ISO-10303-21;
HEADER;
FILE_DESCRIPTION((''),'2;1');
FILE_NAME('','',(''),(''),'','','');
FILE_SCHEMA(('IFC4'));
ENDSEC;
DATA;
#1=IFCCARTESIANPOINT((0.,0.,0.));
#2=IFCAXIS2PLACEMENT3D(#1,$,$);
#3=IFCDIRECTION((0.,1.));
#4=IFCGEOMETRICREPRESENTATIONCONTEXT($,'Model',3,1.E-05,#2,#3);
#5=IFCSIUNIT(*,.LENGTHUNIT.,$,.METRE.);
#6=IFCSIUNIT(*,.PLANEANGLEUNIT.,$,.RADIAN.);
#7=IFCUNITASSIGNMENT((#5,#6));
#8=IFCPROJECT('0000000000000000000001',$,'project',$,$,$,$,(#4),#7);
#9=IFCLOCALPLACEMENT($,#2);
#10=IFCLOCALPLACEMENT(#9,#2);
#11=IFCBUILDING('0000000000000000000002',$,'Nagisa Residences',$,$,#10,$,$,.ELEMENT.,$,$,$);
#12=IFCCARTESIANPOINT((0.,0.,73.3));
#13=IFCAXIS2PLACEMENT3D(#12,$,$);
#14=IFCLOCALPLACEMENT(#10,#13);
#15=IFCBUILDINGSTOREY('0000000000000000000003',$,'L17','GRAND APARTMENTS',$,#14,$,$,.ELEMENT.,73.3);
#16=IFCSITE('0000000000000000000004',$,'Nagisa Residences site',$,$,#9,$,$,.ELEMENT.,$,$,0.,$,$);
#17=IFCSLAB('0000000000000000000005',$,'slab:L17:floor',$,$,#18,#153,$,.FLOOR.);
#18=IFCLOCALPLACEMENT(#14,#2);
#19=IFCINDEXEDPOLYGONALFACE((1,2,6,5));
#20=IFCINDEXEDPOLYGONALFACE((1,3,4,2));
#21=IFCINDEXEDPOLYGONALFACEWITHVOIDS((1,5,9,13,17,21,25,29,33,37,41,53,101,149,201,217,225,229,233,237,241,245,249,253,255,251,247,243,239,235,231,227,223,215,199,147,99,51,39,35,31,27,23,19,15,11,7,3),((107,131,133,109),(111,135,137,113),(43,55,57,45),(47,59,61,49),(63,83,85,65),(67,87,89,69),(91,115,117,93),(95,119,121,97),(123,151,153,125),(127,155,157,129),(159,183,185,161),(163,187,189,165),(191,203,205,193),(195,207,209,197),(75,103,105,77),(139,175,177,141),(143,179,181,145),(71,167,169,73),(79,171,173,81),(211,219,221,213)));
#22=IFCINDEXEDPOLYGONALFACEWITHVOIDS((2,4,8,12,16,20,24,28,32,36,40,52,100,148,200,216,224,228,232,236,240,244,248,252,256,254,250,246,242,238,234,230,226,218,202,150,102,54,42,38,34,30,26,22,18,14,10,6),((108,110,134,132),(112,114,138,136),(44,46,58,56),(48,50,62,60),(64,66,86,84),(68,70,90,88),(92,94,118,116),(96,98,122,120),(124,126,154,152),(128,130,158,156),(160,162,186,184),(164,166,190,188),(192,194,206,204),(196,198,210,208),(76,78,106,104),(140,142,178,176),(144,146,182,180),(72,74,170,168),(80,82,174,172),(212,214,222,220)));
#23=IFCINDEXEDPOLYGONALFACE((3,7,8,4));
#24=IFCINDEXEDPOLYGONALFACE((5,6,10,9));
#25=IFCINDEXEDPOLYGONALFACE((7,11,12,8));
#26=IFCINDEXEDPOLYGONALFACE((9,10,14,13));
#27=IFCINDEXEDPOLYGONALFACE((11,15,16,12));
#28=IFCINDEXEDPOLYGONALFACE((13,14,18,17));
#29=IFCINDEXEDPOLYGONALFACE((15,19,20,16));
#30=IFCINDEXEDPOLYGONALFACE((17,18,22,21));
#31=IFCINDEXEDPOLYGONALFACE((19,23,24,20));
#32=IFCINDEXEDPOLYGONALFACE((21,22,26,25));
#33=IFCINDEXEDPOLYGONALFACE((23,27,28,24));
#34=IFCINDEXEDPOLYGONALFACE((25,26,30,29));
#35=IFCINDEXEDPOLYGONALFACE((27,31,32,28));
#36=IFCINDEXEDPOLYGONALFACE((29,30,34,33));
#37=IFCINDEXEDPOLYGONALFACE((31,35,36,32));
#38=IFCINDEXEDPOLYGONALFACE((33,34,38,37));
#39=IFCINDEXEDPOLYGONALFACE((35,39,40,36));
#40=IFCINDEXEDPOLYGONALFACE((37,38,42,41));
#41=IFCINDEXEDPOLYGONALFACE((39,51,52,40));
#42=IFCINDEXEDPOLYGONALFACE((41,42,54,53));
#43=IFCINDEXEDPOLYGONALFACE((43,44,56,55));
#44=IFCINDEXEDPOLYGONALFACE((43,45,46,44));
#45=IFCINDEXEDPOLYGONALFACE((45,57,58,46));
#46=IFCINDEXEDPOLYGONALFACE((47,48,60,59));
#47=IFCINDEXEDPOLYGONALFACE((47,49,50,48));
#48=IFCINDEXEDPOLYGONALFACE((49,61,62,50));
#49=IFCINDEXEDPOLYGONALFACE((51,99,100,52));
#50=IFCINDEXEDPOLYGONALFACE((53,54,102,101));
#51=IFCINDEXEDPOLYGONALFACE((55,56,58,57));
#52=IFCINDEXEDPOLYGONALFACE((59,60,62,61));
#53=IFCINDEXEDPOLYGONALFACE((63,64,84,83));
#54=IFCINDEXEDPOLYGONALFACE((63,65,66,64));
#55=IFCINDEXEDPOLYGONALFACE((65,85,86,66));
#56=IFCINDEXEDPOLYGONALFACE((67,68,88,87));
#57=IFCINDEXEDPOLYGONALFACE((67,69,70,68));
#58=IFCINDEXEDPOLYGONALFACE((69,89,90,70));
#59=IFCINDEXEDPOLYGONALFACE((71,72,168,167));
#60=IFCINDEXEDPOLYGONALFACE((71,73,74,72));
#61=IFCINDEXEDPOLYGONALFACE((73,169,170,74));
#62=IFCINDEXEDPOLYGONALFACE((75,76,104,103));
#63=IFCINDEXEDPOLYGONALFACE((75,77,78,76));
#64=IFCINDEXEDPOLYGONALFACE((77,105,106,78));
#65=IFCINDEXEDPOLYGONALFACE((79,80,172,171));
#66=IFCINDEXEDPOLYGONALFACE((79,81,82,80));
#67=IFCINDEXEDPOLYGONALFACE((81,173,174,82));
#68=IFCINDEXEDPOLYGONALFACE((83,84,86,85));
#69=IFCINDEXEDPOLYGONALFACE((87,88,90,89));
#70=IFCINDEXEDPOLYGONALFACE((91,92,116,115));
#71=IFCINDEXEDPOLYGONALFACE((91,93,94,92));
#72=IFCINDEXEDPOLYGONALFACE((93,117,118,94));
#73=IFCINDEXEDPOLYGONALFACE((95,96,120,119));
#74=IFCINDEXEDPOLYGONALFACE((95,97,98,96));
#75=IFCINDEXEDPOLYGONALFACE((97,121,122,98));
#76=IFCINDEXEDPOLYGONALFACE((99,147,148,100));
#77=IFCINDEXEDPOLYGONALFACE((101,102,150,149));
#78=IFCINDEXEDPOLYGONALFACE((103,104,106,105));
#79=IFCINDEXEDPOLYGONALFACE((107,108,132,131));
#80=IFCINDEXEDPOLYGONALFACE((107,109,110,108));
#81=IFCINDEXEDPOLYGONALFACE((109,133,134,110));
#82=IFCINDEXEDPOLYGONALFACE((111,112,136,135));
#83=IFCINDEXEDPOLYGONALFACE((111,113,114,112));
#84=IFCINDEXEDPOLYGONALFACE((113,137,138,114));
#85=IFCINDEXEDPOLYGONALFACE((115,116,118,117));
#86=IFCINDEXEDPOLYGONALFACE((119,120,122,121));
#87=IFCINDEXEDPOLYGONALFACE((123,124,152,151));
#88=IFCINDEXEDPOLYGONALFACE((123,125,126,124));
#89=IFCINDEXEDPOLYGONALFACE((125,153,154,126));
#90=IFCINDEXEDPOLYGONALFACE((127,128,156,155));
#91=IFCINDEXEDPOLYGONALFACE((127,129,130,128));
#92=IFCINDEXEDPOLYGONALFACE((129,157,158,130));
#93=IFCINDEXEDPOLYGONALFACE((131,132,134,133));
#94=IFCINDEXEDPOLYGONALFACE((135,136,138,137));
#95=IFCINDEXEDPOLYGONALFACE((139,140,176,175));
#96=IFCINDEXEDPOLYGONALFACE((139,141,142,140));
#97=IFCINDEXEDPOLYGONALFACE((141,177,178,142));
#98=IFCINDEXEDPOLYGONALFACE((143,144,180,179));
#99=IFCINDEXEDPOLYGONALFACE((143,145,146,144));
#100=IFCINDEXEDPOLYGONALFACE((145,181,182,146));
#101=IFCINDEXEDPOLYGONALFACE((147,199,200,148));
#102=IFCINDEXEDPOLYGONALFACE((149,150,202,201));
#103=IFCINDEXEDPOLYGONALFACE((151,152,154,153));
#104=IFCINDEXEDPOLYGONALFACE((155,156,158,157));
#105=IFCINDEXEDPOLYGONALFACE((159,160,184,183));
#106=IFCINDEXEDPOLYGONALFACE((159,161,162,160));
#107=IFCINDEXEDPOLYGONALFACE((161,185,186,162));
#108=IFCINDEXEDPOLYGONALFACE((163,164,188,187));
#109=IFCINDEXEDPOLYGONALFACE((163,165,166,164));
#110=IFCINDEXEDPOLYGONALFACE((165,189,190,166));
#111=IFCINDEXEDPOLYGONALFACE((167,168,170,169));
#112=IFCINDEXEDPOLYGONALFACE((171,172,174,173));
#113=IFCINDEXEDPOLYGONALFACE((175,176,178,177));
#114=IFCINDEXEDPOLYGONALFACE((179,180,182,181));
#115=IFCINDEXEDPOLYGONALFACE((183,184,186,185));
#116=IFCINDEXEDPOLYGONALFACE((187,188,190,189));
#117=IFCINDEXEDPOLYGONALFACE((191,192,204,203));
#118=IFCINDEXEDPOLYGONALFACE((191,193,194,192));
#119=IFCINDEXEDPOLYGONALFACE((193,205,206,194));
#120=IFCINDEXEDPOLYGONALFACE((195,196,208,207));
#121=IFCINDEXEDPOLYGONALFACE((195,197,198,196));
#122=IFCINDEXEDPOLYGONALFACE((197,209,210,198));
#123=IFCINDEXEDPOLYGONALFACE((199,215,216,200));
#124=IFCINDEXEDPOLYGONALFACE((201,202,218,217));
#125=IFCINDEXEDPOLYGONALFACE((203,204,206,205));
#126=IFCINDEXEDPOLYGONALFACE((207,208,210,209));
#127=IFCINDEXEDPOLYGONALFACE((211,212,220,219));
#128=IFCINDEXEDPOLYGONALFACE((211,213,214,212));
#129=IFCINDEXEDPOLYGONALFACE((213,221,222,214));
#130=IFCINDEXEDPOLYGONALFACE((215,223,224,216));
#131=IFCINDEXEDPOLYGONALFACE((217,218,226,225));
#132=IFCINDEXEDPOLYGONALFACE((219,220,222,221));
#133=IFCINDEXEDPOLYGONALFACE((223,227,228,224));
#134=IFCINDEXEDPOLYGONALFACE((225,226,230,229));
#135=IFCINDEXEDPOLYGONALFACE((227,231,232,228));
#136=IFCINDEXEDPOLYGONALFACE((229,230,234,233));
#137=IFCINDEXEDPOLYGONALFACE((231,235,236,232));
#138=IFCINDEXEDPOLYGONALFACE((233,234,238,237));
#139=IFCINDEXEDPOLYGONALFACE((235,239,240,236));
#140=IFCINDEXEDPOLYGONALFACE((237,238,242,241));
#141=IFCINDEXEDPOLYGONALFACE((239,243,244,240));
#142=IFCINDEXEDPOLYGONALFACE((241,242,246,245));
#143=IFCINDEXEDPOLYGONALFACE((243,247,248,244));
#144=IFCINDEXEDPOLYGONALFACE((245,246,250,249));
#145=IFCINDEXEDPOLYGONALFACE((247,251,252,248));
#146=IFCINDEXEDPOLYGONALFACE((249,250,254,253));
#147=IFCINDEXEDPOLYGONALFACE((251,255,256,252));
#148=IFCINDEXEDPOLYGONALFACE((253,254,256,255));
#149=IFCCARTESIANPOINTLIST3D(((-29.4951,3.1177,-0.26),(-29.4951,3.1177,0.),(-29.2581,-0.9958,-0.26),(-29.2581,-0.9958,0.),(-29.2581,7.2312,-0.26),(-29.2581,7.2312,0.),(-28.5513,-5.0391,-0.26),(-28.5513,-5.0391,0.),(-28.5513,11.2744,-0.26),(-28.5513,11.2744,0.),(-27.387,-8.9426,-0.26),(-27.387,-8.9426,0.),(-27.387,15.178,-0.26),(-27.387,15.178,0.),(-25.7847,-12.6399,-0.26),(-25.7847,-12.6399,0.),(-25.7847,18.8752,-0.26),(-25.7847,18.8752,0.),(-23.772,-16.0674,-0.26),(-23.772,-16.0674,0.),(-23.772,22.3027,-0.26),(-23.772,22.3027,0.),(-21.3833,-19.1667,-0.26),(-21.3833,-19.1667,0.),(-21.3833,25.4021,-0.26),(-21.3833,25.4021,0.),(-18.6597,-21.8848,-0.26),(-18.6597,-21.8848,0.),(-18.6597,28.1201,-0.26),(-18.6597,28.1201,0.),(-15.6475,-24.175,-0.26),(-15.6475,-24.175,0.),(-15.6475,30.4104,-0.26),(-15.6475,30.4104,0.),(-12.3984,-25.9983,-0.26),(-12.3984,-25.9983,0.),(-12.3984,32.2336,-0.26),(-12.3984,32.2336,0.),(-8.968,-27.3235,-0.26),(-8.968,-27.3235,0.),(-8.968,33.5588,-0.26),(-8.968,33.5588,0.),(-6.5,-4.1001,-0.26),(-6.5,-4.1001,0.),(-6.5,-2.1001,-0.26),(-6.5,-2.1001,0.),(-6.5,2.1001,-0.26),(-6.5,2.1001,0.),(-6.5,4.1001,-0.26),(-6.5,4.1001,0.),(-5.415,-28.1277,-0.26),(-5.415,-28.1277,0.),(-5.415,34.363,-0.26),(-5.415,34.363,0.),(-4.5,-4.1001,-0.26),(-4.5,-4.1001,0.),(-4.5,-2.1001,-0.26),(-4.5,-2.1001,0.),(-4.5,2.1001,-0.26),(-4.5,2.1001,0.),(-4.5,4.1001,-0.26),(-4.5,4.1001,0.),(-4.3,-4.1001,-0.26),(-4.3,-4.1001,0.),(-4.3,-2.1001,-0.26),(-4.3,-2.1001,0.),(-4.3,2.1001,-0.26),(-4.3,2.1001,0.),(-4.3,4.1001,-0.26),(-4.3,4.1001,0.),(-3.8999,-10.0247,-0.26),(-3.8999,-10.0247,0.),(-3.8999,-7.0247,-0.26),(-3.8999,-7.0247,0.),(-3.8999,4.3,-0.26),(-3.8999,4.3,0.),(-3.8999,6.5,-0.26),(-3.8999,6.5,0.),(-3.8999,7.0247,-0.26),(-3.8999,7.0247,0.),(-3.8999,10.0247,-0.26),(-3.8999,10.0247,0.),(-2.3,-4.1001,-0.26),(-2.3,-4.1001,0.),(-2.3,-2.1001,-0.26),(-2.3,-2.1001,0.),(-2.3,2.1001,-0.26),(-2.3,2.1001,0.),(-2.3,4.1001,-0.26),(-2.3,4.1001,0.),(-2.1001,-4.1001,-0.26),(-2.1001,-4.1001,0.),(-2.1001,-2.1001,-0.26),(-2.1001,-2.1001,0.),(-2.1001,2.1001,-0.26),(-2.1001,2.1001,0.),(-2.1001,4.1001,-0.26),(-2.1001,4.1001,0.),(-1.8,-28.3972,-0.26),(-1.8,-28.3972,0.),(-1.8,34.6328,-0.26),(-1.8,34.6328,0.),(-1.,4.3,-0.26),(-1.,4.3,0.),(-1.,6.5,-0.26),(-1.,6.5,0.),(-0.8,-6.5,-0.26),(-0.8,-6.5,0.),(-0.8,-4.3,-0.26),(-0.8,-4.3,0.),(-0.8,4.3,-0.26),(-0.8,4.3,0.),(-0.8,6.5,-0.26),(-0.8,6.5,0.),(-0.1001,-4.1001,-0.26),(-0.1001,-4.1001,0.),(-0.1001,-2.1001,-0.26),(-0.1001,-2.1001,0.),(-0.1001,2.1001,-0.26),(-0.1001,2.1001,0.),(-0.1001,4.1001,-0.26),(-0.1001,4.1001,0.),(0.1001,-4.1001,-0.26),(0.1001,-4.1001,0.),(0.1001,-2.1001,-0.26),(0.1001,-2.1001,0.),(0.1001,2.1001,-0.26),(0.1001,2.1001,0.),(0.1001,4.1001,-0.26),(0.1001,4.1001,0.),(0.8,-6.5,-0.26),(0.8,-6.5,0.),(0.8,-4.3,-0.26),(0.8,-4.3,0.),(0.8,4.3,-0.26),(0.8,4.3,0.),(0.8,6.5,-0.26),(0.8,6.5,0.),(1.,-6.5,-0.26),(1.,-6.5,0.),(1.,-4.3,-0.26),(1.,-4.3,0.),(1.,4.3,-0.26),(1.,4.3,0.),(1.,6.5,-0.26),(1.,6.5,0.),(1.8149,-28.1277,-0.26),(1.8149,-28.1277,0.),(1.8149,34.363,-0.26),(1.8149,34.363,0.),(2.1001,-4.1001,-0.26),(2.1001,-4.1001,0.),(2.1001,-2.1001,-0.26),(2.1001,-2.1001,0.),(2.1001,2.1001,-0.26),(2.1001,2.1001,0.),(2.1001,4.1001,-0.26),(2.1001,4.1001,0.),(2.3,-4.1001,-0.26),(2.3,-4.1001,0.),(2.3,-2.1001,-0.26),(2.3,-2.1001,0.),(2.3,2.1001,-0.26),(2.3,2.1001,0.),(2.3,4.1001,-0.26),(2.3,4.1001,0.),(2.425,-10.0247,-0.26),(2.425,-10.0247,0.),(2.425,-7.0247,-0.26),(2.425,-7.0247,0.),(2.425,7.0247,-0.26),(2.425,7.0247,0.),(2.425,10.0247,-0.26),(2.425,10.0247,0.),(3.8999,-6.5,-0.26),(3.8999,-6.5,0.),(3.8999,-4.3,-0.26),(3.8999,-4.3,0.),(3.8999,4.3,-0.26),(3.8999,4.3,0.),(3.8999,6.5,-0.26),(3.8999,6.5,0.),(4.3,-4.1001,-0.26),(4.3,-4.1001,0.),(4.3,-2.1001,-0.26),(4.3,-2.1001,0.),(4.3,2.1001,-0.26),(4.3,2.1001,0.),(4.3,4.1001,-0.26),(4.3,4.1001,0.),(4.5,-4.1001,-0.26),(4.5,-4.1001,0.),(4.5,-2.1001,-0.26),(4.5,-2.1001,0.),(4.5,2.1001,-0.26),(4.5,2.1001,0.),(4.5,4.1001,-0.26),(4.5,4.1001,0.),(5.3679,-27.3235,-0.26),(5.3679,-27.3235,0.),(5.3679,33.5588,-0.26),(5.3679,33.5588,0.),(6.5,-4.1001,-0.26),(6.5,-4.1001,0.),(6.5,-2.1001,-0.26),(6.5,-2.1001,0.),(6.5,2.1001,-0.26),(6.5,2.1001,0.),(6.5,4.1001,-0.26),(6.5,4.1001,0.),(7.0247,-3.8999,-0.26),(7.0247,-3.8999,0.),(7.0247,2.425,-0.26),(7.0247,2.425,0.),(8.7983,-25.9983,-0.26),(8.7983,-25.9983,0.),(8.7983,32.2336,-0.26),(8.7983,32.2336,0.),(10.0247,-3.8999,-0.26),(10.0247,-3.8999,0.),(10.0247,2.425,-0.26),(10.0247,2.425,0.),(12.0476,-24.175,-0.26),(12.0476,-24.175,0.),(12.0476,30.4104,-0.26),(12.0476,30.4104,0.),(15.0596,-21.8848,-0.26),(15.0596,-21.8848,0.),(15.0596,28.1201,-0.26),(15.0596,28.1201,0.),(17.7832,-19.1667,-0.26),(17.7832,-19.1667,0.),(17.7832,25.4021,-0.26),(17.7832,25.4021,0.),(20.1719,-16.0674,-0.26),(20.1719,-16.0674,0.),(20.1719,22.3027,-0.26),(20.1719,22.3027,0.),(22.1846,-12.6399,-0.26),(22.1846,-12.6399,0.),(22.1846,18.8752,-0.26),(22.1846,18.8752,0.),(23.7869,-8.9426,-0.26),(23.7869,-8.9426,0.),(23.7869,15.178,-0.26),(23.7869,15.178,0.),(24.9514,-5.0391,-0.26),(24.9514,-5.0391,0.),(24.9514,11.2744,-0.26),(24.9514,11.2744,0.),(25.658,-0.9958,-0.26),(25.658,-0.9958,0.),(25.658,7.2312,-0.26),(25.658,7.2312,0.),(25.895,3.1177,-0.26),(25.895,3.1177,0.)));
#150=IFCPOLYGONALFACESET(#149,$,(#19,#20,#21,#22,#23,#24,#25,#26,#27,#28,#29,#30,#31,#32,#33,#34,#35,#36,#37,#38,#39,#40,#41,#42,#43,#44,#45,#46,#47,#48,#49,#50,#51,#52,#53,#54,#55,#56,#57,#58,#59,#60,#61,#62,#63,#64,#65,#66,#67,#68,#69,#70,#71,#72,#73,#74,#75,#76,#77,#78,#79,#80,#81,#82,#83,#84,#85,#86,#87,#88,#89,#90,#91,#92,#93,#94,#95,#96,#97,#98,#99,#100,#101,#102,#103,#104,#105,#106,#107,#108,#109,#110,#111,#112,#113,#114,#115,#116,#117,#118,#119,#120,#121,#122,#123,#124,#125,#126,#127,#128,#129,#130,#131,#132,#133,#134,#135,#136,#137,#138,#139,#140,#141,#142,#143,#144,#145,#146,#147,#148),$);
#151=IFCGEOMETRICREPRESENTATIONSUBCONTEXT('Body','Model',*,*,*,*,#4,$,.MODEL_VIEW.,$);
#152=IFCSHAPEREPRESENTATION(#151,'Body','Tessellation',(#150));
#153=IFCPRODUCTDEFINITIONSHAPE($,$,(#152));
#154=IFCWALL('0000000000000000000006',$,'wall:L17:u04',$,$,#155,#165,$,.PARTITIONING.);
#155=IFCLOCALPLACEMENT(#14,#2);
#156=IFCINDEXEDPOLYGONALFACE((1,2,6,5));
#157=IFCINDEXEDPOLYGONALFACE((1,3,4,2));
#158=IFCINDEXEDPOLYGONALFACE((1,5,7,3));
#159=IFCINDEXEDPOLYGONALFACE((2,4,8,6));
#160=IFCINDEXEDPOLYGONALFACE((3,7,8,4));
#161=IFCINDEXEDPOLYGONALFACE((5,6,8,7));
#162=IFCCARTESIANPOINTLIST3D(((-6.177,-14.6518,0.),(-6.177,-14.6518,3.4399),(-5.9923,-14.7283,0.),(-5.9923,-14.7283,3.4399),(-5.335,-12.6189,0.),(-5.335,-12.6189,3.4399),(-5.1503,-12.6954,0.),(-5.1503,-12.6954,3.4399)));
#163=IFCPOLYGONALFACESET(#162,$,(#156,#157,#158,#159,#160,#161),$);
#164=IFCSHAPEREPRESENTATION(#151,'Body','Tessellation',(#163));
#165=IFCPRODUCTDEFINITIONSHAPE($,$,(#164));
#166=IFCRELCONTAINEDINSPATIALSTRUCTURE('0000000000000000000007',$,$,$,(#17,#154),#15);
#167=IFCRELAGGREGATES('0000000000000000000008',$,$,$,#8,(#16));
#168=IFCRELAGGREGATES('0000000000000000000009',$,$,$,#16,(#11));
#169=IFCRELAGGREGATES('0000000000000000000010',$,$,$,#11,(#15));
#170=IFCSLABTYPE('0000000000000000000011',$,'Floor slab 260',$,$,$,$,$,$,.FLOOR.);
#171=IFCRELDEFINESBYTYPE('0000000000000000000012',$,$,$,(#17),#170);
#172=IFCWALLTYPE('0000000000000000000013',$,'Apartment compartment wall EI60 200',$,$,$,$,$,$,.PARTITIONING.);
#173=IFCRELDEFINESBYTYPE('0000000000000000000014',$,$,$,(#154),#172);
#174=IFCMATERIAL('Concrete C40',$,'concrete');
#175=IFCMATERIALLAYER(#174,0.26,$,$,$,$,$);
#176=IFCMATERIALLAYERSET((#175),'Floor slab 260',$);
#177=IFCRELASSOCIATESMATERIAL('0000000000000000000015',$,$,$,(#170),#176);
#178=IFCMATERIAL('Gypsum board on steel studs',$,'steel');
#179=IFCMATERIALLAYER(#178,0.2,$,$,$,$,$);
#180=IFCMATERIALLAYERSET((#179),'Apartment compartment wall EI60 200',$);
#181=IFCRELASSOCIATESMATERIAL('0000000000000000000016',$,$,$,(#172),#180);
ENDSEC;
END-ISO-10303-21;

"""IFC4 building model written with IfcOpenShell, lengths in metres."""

from ifc_helpers import new_model, si_unit, direction, frame, frame_2d, origin, place, context, subcontext, project, spatial, polyline, rectangle, outline, extrude, material, layer, layer_set, type_object, element, save


model = new_model("IFC4")

# Units and contexts
model_context = context("Model", 3, precision=1e-05, world=origin(), true_north=direction((0.0, 1.0)))
body_context = subcontext(model_context, "Body", "Model", "MODEL_VIEW")
ifc_project = project(units=[si_unit("LENGTHUNIT", "METRE"), si_unit("PLANEANGLEUNIT", "RADIAN")], contexts=[model_context])

# Site, building, storey
site_placement = place(None, origin())
site = spatial("IfcSite", under=ifc_project, at=site_placement, Name="Nagisa Residences site", CompositionType="ELEMENT", RefElevation=0.0)
building_placement = place(site_placement, origin())
building = spatial("IfcBuilding", under=site, at=building_placement, Name="Nagisa Residences", CompositionType="ELEMENT")
storey_placement = place(building_placement, frame((0.0, 0.0, 73.3)))
storey = spatial("IfcBuildingStorey", under=building, at=storey_placement, Name="L17", Description="GRAND APARTMENTS", CompositionType="ELEMENT", Elevation=73.3)

# Slab
ifc_material_1 = material(Name="Concrete C40", Category="concrete")
ifc_layer_1 = layer(ifc_material_1, 0.26)
ifc_layer_set_1 = layer_set([ifc_layer_1], Name="Floor slab 260")
slab_type_1 = type_object("IfcSlabType", Name="Floor slab 260", PredefinedType="FLOOR", material=ifc_layer_set_1)
slab_1_placement = place(storey_placement, frame((0.0, 0.0, -0.26)))
element("IfcSlab", 1, at=slab_1_placement, inside=storey, type_object=slab_type_1, Name="slab:L17:floor", PredefinedType="FLOOR", context=body_context, shape_type="SweptSolid", body=[
    extrude(outline(polyline([(25.895, 3.1177), (25.658, 7.2312), (24.9514, 11.2744), (23.7869, 15.178), (22.1846, 18.8752), (20.1719, 22.3027), (17.7832, 25.4021), (15.0596, 28.1201), (12.0476, 30.4104), (8.7983, 32.2336), (5.3679, 33.5588), (1.8149, 34.363), (-1.8, 34.6328), (-5.415, 34.363), (-8.968, 33.5588), (-12.3984, 32.2336), (-15.6475, 30.4104), (-18.6597, 28.1201), (-21.3833, 25.4021), (-23.772, 22.3027), (-25.7847, 18.8752), (-27.387, 15.178), (-28.5513, 11.2744), (-29.2581, 7.2312), (-29.4951, 3.1177), (-29.2581, -0.9958), (-28.5513, -5.0391), (-27.387, -8.9426), (-25.7847, -12.6399), (-23.772, -16.0674), (-21.3833, -19.1667), (-18.6597, -21.8848), (-15.6475, -24.175), (-12.3984, -25.9983), (-8.968, -27.3235), (-5.415, -28.1277), (-1.8, -28.3972), (1.8149, -28.1277), (5.3679, -27.3235), (8.7983, -25.9983), (12.0476, -24.175), (15.0596, -21.8848), (17.7832, -19.1667), (20.1719, -16.0674), (22.1846, -12.6399), (23.7869, -8.9426), (24.9514, -5.0391), (25.658, -0.9958), (25.895, 3.1177)]), holes=[polyline([(-4.5, 2.1001), (-4.5, 4.1001), (-6.5, 4.1001), (-6.5, 2.1001), (-4.5, 2.1001)]), polyline([(-2.3, 2.1001), (-2.3, 4.1001), (-4.3, 4.1001), (-4.3, 2.1001), (-2.3, 2.1001)]), polyline([(-0.1001, 2.1001), (-0.1001, 4.1001), (-2.1001, 4.1001), (-2.1001, 2.1001), (-0.1001, 2.1001)]), polyline([(2.1001, 2.1001), (2.1001, 4.1001), (0.1001, 4.1001), (0.1001, 2.1001), (2.1001, 2.1001)]), polyline([(4.3, 2.1001), (4.3, 4.1001), (2.3, 4.1001), (2.3, 2.1001), (4.3, 2.1001)]), polyline([(6.5, 2.1001), (6.5, 4.1001), (4.5, 4.1001), (4.5, 2.1001), (6.5, 2.1001)]), polyline([(-4.5, -4.1001), (-4.5, -2.1001), (-6.5, -2.1001), (-6.5, -4.1001), (-4.5, -4.1001)]), polyline([(-2.3, -4.1001), (-2.3, -2.1001), (-4.3, -2.1001), (-4.3, -4.1001), (-2.3, -4.1001)]), polyline([(-0.1001, -4.1001), (-0.1001, -2.1001), (-2.1001, -2.1001), (-2.1001, -4.1001), (-0.1001, -4.1001)]), polyline([(2.1001, -4.1001), (2.1001, -2.1001), (0.1001, -2.1001), (0.1001, -4.1001), (2.1001, -4.1001)]), polyline([(4.3, -4.1001), (4.3, -2.1001), (2.3, -2.1001), (2.3, -4.1001), (4.3, -4.1001)]), polyline([(6.5, -4.1001), (6.5, -2.1001), (4.5, -2.1001), (4.5, -4.1001), (6.5, -4.1001)]), polyline([(3.8999, 4.3), (3.8999, 6.5), (1.0, 6.5), (1.0, 4.3), (3.8999, 4.3)]), polyline([(3.8999, -6.5), (3.8999, -4.3), (1.0, -4.3), (1.0, -6.5), (3.8999, -6.5)]), polyline([(-1.0, 4.3), (-1.0, 6.5), (-3.8999, 6.5), (-3.8999, 4.3), (-1.0, 4.3)]), polyline([(0.8, 4.3), (0.8, 6.5), (-0.8, 6.5), (-0.8, 4.3), (0.8, 4.3)]), polyline([(0.8, -6.5), (0.8, -4.3), (-0.8, -4.3), (-0.8, -6.5), (0.8, -6.5)]), polyline([(10.0247, -3.8999), (7.0247, -3.8999), (7.0247, 2.425), (10.0247, 2.425), (10.0247, -3.8999)]), polyline([(-3.8999, 7.0247), (-3.8999, 10.0247), (2.425, 10.0247), (2.425, 7.0247), (-3.8999, 7.0247)]), polyline([(-3.8999, -10.0247), (-3.8999, -7.0247), (2.425, -7.0247), (2.425, -10.0247), (-3.8999, -10.0247)])]), origin(), (0.0, 0.0, 1.0), 0.26),
])

# Wall
ifc_material_2 = material(Name="Gypsum board on steel studs", Category="steel")
ifc_layer_2 = layer(ifc_material_2, 0.2)
ifc_layer_set_2 = layer_set([ifc_layer_2], Name="Apartment compartment wall EI60 200")
wall_type_1 = type_object("IfcWallType", Name="Apartment compartment wall EI60 200", PredefinedType="PARTITIONING", material=ifc_layer_set_2)
wall_1_placement = place(storey_placement, frame((-5.2427, -12.6572, 0.0), z_axis=(0.0, 0.0, 1.0), x_axis=(-0.382669, -0.923886, 0.0)))
element("IfcWall", 2, at=wall_1_placement, inside=storey, type_object=wall_type_1, Name="wall:L17:u04", PredefinedType="PARTITIONING", context=body_context, shape_type="SweptSolid", body=[
    extrude(rectangle(XDim=2.2004, YDim=0.2, at=frame_2d((1.1001, 0.0))), origin(), (0.0, 0.0, 1.0), 3.4399),
])

save(model, "model.ifc")
